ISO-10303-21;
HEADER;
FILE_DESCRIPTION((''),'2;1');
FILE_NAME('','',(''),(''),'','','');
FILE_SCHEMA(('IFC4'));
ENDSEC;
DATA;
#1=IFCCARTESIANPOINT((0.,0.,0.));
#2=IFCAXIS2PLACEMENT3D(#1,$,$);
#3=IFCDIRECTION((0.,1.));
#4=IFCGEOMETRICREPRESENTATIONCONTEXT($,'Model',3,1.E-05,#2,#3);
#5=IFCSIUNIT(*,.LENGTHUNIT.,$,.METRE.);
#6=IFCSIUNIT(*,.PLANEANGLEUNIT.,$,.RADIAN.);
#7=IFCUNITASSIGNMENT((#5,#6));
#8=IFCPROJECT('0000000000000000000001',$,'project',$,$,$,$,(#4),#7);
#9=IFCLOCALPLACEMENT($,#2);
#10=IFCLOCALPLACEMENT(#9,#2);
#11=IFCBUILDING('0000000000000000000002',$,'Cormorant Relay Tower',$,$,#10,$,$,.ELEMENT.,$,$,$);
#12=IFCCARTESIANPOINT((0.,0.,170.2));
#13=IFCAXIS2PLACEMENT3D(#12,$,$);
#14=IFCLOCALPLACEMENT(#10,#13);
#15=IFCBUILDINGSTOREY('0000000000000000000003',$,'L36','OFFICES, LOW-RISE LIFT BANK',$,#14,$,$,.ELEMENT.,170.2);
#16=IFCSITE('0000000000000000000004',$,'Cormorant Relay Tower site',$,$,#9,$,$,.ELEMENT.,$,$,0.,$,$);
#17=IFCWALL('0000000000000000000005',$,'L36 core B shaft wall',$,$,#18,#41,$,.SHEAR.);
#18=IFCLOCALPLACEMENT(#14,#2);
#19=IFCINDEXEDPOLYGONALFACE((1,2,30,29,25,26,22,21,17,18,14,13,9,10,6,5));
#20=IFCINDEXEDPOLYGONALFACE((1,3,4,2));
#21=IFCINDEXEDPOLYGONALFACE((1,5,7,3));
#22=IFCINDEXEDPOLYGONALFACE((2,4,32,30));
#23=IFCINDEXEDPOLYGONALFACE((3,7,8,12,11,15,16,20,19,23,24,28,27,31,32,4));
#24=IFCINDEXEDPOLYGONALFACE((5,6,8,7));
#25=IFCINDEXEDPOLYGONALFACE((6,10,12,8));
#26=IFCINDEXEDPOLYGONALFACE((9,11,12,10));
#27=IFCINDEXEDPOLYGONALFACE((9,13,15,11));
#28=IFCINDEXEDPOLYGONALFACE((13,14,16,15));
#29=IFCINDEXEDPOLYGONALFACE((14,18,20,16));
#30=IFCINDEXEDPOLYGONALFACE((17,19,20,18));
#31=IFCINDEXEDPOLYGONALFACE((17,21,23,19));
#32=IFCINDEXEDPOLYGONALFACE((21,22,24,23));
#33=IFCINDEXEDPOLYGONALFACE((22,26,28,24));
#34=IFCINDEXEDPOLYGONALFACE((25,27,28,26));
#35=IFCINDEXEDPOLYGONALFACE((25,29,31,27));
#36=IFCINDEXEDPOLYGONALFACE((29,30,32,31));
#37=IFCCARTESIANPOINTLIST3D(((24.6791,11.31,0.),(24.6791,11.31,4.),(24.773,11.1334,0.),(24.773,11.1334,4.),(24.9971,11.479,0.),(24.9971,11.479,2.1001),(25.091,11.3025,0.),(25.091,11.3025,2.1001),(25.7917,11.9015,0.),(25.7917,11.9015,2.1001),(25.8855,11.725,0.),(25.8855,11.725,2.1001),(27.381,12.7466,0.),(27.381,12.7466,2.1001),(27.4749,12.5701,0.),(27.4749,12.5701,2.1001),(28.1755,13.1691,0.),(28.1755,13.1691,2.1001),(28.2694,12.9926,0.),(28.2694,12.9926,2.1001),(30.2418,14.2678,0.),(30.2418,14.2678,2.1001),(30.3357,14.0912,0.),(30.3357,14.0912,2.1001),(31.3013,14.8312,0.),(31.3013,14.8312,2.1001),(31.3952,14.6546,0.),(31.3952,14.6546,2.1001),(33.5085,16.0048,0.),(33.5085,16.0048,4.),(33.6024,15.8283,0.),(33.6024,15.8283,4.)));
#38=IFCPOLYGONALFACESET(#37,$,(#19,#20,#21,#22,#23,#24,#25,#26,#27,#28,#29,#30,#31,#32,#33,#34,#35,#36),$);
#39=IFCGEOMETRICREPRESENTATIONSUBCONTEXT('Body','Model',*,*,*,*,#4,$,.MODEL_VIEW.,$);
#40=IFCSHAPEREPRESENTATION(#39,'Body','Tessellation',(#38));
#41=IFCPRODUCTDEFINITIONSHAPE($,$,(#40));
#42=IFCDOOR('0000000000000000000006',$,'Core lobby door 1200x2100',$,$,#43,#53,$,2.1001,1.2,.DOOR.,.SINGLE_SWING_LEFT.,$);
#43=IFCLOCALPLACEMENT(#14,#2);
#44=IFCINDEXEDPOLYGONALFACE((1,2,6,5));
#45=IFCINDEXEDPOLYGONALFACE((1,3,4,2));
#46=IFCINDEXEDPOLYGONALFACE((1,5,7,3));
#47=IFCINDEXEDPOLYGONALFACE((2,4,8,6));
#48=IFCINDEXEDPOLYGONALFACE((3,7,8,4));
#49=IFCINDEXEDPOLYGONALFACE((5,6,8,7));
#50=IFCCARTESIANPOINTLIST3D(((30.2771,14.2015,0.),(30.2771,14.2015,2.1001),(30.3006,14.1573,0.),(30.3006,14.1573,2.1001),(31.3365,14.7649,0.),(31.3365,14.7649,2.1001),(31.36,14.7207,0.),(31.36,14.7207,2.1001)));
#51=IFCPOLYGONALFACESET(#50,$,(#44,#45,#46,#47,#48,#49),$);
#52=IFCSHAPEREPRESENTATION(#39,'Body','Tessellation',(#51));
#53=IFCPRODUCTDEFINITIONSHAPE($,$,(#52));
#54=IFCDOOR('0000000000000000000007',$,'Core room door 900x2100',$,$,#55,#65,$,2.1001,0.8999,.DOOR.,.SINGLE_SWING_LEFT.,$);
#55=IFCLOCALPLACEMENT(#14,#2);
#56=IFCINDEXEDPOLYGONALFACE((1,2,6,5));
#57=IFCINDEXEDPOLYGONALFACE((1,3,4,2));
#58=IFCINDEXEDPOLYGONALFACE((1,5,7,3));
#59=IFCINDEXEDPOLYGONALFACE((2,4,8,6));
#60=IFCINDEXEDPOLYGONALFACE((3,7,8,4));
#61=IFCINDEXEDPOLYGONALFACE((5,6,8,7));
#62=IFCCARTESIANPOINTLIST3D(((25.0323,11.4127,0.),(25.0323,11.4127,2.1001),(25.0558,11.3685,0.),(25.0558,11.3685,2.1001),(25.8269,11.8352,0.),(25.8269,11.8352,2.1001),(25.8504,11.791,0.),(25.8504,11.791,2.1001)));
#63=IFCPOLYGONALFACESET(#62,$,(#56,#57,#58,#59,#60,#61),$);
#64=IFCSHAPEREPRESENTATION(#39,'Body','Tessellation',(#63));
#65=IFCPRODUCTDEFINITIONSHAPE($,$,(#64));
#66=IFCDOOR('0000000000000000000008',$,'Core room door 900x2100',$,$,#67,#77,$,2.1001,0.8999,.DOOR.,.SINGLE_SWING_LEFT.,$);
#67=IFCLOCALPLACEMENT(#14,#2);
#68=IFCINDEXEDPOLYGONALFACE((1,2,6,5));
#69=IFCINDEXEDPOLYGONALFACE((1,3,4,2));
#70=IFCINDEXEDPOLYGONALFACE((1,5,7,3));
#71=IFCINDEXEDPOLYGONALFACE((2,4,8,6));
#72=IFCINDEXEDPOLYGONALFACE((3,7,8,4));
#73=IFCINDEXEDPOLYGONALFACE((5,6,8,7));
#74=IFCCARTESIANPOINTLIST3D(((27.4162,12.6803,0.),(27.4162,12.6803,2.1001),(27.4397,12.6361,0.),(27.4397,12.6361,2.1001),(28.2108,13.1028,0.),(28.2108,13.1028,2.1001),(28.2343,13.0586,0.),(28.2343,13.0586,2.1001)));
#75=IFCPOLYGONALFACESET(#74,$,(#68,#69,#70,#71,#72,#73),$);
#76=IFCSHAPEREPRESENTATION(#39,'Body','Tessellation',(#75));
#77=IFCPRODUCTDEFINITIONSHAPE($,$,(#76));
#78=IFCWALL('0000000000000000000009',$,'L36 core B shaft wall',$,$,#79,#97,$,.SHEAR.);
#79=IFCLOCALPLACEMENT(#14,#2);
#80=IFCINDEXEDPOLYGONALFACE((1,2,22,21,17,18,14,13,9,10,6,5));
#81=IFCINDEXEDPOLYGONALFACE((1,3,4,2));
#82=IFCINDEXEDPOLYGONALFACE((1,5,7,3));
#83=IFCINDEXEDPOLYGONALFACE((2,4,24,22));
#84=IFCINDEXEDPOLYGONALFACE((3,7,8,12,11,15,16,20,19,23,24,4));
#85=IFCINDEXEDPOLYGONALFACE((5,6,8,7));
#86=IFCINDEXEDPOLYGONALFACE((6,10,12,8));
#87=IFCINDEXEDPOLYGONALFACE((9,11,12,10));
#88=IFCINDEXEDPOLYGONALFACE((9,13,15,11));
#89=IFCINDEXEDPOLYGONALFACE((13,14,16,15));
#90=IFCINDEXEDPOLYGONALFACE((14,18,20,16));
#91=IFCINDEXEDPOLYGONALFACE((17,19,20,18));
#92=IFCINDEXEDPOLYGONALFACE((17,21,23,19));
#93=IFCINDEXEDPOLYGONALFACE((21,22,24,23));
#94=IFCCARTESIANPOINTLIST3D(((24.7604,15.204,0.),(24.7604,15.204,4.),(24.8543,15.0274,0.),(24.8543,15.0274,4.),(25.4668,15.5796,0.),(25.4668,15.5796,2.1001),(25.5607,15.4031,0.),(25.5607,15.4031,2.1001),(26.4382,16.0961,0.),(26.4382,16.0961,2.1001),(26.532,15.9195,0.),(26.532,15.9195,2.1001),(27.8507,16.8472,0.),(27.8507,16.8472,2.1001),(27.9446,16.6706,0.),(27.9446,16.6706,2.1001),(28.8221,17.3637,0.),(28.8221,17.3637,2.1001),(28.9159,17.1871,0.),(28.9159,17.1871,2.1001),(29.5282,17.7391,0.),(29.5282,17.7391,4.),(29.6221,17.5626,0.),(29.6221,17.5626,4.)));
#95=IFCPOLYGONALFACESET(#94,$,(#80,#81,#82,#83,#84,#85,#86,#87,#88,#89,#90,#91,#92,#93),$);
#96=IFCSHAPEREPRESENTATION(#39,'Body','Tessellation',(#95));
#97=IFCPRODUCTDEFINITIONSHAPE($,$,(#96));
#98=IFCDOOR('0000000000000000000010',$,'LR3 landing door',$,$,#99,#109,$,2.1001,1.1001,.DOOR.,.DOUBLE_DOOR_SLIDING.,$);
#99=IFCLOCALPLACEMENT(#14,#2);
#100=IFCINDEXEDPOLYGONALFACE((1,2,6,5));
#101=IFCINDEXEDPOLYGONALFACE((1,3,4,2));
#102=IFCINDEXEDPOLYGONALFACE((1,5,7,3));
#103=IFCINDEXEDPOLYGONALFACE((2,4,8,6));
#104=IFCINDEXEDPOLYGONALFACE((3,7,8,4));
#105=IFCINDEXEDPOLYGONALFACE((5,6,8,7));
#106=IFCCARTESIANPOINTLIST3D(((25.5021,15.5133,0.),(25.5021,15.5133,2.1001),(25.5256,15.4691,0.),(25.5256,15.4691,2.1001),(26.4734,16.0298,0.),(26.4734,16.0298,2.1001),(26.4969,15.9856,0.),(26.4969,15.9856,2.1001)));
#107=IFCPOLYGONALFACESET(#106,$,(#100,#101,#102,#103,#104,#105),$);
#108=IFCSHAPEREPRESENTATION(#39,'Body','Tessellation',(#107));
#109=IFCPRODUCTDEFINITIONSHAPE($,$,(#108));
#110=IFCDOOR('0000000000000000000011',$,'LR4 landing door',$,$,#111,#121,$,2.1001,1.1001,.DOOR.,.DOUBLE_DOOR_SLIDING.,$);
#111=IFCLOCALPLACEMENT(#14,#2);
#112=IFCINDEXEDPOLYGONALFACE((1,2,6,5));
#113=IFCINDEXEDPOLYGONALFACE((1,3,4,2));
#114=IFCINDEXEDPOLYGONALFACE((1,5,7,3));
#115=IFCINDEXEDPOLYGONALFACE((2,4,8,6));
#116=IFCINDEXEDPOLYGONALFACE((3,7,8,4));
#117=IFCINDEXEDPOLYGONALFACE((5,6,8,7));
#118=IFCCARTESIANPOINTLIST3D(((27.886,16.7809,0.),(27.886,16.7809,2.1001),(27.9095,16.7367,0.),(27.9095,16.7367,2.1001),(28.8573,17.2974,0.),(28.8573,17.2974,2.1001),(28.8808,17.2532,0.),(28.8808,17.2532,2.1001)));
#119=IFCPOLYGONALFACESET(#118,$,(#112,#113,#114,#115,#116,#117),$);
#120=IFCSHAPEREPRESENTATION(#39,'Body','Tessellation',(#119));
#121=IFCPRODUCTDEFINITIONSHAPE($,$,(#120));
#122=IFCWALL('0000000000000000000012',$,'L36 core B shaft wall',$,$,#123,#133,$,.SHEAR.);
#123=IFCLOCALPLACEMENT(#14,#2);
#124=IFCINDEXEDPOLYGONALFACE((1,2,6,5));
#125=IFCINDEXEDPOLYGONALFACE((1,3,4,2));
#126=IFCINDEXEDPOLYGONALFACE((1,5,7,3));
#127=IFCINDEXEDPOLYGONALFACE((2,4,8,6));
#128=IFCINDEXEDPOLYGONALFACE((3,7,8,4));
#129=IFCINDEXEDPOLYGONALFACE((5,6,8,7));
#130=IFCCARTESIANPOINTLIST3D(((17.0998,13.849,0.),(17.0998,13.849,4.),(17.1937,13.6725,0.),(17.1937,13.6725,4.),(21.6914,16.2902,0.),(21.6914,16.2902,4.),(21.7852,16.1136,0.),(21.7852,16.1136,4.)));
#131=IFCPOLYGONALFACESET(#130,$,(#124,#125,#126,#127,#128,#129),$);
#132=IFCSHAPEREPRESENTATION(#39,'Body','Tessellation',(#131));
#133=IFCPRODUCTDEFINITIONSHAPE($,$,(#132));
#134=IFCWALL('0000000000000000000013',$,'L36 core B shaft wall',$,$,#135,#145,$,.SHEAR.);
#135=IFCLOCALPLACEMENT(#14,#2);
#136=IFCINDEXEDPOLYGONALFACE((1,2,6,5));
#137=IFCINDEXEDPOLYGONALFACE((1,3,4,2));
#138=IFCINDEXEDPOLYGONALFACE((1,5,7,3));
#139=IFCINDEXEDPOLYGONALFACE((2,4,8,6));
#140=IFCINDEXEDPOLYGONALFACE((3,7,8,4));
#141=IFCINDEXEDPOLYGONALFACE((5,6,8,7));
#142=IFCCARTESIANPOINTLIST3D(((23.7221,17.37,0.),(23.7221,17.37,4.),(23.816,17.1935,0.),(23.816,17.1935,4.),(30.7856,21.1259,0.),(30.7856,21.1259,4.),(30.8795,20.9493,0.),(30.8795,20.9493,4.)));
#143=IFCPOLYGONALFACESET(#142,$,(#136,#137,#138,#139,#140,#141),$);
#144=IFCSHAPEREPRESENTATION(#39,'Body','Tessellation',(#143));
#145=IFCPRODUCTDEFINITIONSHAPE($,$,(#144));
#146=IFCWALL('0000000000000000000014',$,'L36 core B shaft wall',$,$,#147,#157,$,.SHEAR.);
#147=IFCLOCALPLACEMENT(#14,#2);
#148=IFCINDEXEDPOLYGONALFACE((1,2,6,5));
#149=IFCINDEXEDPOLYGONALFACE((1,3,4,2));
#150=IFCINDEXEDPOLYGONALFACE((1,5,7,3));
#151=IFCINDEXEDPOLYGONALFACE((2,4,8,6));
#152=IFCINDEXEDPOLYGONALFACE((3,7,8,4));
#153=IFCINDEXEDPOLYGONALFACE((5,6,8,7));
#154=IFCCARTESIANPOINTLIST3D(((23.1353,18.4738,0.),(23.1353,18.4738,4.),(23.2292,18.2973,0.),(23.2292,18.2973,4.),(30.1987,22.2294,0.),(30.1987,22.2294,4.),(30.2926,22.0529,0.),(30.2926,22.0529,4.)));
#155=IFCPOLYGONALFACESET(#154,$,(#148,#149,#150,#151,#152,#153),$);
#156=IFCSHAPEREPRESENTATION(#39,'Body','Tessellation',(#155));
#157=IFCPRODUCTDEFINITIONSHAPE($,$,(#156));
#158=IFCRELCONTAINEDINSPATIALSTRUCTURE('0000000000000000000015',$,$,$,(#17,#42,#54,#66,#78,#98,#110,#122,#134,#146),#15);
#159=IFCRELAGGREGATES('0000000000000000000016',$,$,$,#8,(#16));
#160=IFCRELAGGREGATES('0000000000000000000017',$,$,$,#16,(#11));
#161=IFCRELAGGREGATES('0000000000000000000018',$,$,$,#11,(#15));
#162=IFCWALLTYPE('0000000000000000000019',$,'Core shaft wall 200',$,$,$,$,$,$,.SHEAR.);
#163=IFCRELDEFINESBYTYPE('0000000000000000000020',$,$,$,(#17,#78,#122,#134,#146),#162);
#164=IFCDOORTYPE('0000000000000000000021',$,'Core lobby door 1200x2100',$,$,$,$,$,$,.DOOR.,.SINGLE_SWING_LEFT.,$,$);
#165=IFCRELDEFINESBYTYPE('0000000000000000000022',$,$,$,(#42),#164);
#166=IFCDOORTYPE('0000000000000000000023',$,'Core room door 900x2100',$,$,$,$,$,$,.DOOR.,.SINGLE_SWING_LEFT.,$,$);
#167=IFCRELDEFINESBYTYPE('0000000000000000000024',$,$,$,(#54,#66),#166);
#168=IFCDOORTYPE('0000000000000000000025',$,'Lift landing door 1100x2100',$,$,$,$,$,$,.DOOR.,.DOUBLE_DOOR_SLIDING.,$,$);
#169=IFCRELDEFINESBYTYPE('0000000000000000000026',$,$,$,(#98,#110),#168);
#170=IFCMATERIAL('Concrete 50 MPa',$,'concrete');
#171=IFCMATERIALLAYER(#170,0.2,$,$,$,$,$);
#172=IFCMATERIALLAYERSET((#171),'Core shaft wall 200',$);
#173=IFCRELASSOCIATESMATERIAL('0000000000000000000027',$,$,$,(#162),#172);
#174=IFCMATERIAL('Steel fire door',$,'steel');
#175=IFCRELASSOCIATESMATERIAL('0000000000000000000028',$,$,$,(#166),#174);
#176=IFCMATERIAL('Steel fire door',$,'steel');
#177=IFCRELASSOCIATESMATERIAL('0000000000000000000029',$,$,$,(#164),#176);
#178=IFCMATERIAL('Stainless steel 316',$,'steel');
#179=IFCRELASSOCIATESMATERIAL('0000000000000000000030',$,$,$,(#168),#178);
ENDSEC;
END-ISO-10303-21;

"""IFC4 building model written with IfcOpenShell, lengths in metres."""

from ifc_helpers import new_model, si_unit, direction, frame, frame_2d, origin, place, context, subcontext, project, spatial, rectangle, extrude, material, layer, layer_set, type_object, element, fill, save


model = new_model("IFC4")

# Units and contexts
model_context = context("Model", 3, precision=1e-05, world=origin(), true_north=direction((0.0, 1.0)))
body_context = subcontext(model_context, "Body", "Model", "MODEL_VIEW")
ifc_project = project(units=[si_unit("LENGTHUNIT", "METRE"), si_unit("PLANEANGLEUNIT", "RADIAN")], contexts=[model_context])

# Site, building, storey
site_placement = place(None, origin())
site = spatial("IfcSite", under=ifc_project, at=site_placement, Name="Cormorant Relay Tower site", CompositionType="ELEMENT", RefElevation=0.0)
building_placement = place(site_placement, origin())
building = spatial("IfcBuilding", under=site, at=building_placement, Name="Cormorant Relay Tower", CompositionType="ELEMENT")
storey_placement = place(building_placement, frame((0.0, 0.0, 170.2)))
storey = spatial("IfcBuildingStorey", under=building, at=storey_placement, Name="L36", Description="OFFICES, LOW-RISE LIFT BANK", CompositionType="ELEMENT", Elevation=170.2)

# Shared definitions
ifc_material_1 = material(Name="Concrete 50 MPa", Category="concrete")
ifc_layer_1 = layer(ifc_material_1, 0.2)
ifc_layer_set_1 = layer_set([ifc_layer_1], Name="Core shaft wall 200")
wall_type_1 = type_object("IfcWallType", Name="Core shaft wall 200", PredefinedType="SHEAR", material=ifc_layer_set_1)

# Shared definitions
ifc_material_2 = material(Name="Steel fire door", Category="steel")
door_type_1 = type_object("IfcDoorType", Name="Core room door 900x2100", OperationType="SINGLE_SWING_LEFT", PredefinedType="DOOR", material=ifc_material_2)

# Walls, openings, doors
wall_1_placement = place(storey_placement, frame((24.7261, 11.2217, 0.0), z_axis=(0.0, 0.0, 1.0), x_axis=(0.88294, 0.469485, 0.0)))
wall_1 = element("IfcWall", 1, at=wall_1_placement, inside=storey, type_object=wall_type_1, Name="L36 core B shaft wall", PredefinedType="SHEAR", context=body_context, shape_type="SweptSolid", body=[
    extrude(rectangle(XDim=10.0, YDim=0.2, at=frame_2d((5.0, 0.0))), origin(), (0.0, 0.0, 1.0), 4.0),
])
opening_1_placement = place(wall_1_placement, frame((6.3, 0.0, 0.0)))
opening_1 = element("IfcOpeningElement", 2, at=opening_1_placement, cuts=wall_1, PredefinedType="OPENING", context=body_context, shape_type="SweptSolid", body=[
    extrude(rectangle(XDim=1.2, YDim=2.1001, at=frame_2d((0.6001, 1.05))), frame((0.0, 0.1099, 0.0), z_axis=(0.0, -1.0, 0.0), x_axis=(1.0, 0.0, 0.0)), (0.0, 0.0, 1.0), 0.22),
])
opening_2_placement = place(wall_1_placement, frame((0.3601, 0.0, 0.0)))
opening_2 = element("IfcOpeningElement", 3, at=opening_2_placement, cuts=wall_1, PredefinedType="OPENING", context=body_context, shape_type="SweptSolid", body=[
    extrude(rectangle(XDim=0.8999, YDim=2.1001, at=frame_2d((0.45, 1.05))), frame((0.0, 0.1099, 0.0), z_axis=(0.0, -1.0, 0.0), x_axis=(1.0, 0.0, 0.0)), (0.0, 0.0, 1.0), 0.22),
])
opening_3_placement = place(wall_1_placement, frame((3.0601, 0.0, 0.0)))
opening_3 = element("IfcOpeningElement", 4, at=opening_3_placement, cuts=wall_1, PredefinedType="OPENING", context=body_context, shape_type="SweptSolid", body=[
    extrude(rectangle(XDim=0.8999, YDim=2.1001, at=frame_2d((0.45, 1.05))), frame((0.0, 0.1099, 0.0), z_axis=(0.0, -1.0, 0.0), x_axis=(1.0, 0.0, 0.0)), (0.0, 0.0, 1.0), 0.22),
])
ifc_material_3 = material(Name="Steel fire door", Category="steel")
door_type_2 = type_object("IfcDoorType", Name="Core lobby door 1200x2100", OperationType="SINGLE_SWING_LEFT", PredefinedType="DOOR", material=ifc_material_3)
door_1_placement = place(opening_1_placement, origin())
door_1 = element("IfcDoor", 5, at=door_1_placement, inside=storey, type_object=door_type_2, Name="Core lobby door 1200x2100", OperationType="SINGLE_SWING_LEFT", OverallHeight=2.1001, OverallWidth=1.2, PredefinedType="DOOR", context=body_context, shape_type="SweptSolid", body=[
    extrude(rectangle(XDim=1.2, YDim=2.1001, at=frame_2d((0.6001, 1.05))), frame((0.0, 0.0249, 0.0), z_axis=(0.0, -1.0, 0.0), x_axis=(1.0, 0.0, 0.0)), (0.0, 0.0, 1.0), 0.05),
])
fill(opening_1, door_1)
door_2_placement = place(opening_2_placement, origin())
door_2 = element("IfcDoor", 6, at=door_2_placement, inside=storey, type_object=door_type_1, Name="Core room door 900x2100", OperationType="SINGLE_SWING_LEFT", OverallHeight=2.1001, OverallWidth=0.8999, PredefinedType="DOOR", context=body_context, shape_type="SweptSolid", body=[
    extrude(rectangle(XDim=0.8999, YDim=2.1001, at=frame_2d((0.45, 1.05))), frame((0.0, 0.0249, 0.0), z_axis=(0.0, -1.0, 0.0), x_axis=(1.0, 0.0, 0.0)), (0.0, 0.0, 1.0), 0.05),
])
fill(opening_2, door_2)
door_3_placement = place(opening_3_placement, origin())
door_3 = element("IfcDoor", 7, at=door_3_placement, inside=storey, type_object=door_type_1, Name="Core room door 900x2100", OperationType="SINGLE_SWING_LEFT", OverallHeight=2.1001, OverallWidth=0.8999, PredefinedType="DOOR", context=body_context, shape_type="SweptSolid", body=[
    extrude(rectangle(XDim=0.8999, YDim=2.1001, at=frame_2d((0.45, 1.05))), frame((0.0, 0.0249, 0.0), z_axis=(0.0, -1.0, 0.0), x_axis=(1.0, 0.0, 0.0)), (0.0, 0.0, 1.0), 0.05),
])
fill(opening_3, door_3)
wall_2_placement = place(storey_placement, frame((24.8074, 15.1157, 0.0), z_axis=(0.0, 0.0, 1.0), x_axis=(0.882943, 0.46948, 0.0)))
wall_2 = element("IfcWall", 8, at=wall_2_placement, inside=storey, type_object=wall_type_1, Name="L36 core B shaft wall", PredefinedType="SHEAR", context=body_context, shape_type="SweptSolid", body=[
    extrude(rectangle(XDim=5.3999, YDim=0.2, at=frame_2d((2.7, 0.0))), origin(), (0.0, 0.0, 1.0), 4.0),
])
opening_4_placement = place(wall_2_placement, frame((0.8, 0.0, 0.0)))
opening_4 = element("IfcOpeningElement", 9, at=opening_4_placement, cuts=wall_2, PredefinedType="OPENING", context=body_context, shape_type="SweptSolid", body=[
    extrude(rectangle(XDim=1.1001, YDim=2.1001, at=frame_2d((0.55, 1.05))), frame((0.0, 0.1099, 0.0), z_axis=(0.0, -1.0, 0.0), x_axis=(1.0, 0.0, 0.0)), (0.0, 0.0, 1.0), 0.22),
])
opening_5_placement = place(wall_2_placement, frame((3.5, 0.0, 0.0)))
opening_5 = element("IfcOpeningElement", 10, at=opening_5_placement, cuts=wall_2, PredefinedType="OPENING", context=body_context, shape_type="SweptSolid", body=[
    extrude(rectangle(XDim=1.1001, YDim=2.1001, at=frame_2d((0.55, 1.05))), frame((0.0, 0.1099, 0.0), z_axis=(0.0, -1.0, 0.0), x_axis=(1.0, 0.0, 0.0)), (0.0, 0.0, 1.0), 0.22),
])
ifc_material_4 = material(Name="Stainless steel 316", Category="steel")
door_type_3 = type_object("IfcDoorType", Name="Lift landing door 1100x2100", OperationType="DOUBLE_DOOR_SLIDING", PredefinedType="DOOR", material=ifc_material_4)
door_4_placement = place(opening_4_placement, origin())
door_4 = element("IfcDoor", 11, at=door_4_placement, inside=storey, type_object=door_type_3, Name="LR3 landing door", OperationType="DOUBLE_DOOR_SLIDING", OverallHeight=2.1001, OverallWidth=1.1001, PredefinedType="DOOR", context=body_context, shape_type="SweptSolid", body=[
    extrude(rectangle(XDim=1.1001, YDim=2.1001, at=frame_2d((0.55, 1.05))), frame((0.0, 0.0249, 0.0), z_axis=(0.0, -1.0, 0.0), x_axis=(1.0, 0.0, 0.0)), (0.0, 0.0, 1.0), 0.05),
])
fill(opening_4, door_4)
door_5_placement = place(opening_5_placement, origin())
door_5 = element("IfcDoor", 12, at=door_5_placement, inside=storey, type_object=door_type_3, Name="LR4 landing door", OperationType="DOUBLE_DOOR_SLIDING", OverallHeight=2.1001, OverallWidth=1.1001, PredefinedType="DOOR", context=body_context, shape_type="SweptSolid", body=[
    extrude(rectangle(XDim=1.1001, YDim=2.1001, at=frame_2d((0.55, 1.05))), frame((0.0, 0.0249, 0.0), z_axis=(0.0, -1.0, 0.0), x_axis=(1.0, 0.0, 0.0)), (0.0, 0.0, 1.0), 0.05),
])
fill(opening_5, door_5)

# Walls
wall_3_placement = place(storey_placement, frame((17.1467, 13.7607, 0.0), z_axis=(0.0, 0.0, 1.0), x_axis=(0.882964, 0.46944, 0.0)))
element("IfcWall", 13, at=wall_3_placement, inside=storey, type_object=wall_type_1, Name="L36 core B shaft wall", PredefinedType="SHEAR", context=body_context, shape_type="SweptSolid", body=[
    extrude(rectangle(XDim=5.2002, YDim=0.2, at=frame_2d((2.6001, 0.0))), origin(), (0.0, 0.0, 1.0), 4.0),
])
wall_4_placement = place(storey_placement, frame((23.769, 17.2817, 0.0), z_axis=(0.0, 0.0, 1.0), x_axis=(0.88294, 0.469485, 0.0)))
element("IfcWall", 14, at=wall_4_placement, inside=storey, type_object=wall_type_1, Name="L36 core B shaft wall", PredefinedType="SHEAR", context=body_context, shape_type="SweptSolid", body=[
    extrude(rectangle(XDim=8.0, YDim=0.2, at=frame_2d((4.0, 0.0))), origin(), (0.0, 0.0, 1.0), 4.0),
])
wall_5_placement = place(storey_placement, frame((23.1821, 18.3855, 0.0), z_axis=(0.0, 0.0, 1.0), x_axis=(0.882953, 0.469462, 0.0)))
element("IfcWall", 15, at=wall_5_placement, inside=storey, type_object=wall_type_1, Name="L36 core B shaft wall", PredefinedType="SHEAR", context=body_context, shape_type="SweptSolid", body=[
    extrude(rectangle(XDim=7.9998, YDim=0.2, at=frame_2d((4.0, 0.0))), origin(), (0.0, 0.0, 1.0), 4.0),
])

save(model, "model.ifc")
